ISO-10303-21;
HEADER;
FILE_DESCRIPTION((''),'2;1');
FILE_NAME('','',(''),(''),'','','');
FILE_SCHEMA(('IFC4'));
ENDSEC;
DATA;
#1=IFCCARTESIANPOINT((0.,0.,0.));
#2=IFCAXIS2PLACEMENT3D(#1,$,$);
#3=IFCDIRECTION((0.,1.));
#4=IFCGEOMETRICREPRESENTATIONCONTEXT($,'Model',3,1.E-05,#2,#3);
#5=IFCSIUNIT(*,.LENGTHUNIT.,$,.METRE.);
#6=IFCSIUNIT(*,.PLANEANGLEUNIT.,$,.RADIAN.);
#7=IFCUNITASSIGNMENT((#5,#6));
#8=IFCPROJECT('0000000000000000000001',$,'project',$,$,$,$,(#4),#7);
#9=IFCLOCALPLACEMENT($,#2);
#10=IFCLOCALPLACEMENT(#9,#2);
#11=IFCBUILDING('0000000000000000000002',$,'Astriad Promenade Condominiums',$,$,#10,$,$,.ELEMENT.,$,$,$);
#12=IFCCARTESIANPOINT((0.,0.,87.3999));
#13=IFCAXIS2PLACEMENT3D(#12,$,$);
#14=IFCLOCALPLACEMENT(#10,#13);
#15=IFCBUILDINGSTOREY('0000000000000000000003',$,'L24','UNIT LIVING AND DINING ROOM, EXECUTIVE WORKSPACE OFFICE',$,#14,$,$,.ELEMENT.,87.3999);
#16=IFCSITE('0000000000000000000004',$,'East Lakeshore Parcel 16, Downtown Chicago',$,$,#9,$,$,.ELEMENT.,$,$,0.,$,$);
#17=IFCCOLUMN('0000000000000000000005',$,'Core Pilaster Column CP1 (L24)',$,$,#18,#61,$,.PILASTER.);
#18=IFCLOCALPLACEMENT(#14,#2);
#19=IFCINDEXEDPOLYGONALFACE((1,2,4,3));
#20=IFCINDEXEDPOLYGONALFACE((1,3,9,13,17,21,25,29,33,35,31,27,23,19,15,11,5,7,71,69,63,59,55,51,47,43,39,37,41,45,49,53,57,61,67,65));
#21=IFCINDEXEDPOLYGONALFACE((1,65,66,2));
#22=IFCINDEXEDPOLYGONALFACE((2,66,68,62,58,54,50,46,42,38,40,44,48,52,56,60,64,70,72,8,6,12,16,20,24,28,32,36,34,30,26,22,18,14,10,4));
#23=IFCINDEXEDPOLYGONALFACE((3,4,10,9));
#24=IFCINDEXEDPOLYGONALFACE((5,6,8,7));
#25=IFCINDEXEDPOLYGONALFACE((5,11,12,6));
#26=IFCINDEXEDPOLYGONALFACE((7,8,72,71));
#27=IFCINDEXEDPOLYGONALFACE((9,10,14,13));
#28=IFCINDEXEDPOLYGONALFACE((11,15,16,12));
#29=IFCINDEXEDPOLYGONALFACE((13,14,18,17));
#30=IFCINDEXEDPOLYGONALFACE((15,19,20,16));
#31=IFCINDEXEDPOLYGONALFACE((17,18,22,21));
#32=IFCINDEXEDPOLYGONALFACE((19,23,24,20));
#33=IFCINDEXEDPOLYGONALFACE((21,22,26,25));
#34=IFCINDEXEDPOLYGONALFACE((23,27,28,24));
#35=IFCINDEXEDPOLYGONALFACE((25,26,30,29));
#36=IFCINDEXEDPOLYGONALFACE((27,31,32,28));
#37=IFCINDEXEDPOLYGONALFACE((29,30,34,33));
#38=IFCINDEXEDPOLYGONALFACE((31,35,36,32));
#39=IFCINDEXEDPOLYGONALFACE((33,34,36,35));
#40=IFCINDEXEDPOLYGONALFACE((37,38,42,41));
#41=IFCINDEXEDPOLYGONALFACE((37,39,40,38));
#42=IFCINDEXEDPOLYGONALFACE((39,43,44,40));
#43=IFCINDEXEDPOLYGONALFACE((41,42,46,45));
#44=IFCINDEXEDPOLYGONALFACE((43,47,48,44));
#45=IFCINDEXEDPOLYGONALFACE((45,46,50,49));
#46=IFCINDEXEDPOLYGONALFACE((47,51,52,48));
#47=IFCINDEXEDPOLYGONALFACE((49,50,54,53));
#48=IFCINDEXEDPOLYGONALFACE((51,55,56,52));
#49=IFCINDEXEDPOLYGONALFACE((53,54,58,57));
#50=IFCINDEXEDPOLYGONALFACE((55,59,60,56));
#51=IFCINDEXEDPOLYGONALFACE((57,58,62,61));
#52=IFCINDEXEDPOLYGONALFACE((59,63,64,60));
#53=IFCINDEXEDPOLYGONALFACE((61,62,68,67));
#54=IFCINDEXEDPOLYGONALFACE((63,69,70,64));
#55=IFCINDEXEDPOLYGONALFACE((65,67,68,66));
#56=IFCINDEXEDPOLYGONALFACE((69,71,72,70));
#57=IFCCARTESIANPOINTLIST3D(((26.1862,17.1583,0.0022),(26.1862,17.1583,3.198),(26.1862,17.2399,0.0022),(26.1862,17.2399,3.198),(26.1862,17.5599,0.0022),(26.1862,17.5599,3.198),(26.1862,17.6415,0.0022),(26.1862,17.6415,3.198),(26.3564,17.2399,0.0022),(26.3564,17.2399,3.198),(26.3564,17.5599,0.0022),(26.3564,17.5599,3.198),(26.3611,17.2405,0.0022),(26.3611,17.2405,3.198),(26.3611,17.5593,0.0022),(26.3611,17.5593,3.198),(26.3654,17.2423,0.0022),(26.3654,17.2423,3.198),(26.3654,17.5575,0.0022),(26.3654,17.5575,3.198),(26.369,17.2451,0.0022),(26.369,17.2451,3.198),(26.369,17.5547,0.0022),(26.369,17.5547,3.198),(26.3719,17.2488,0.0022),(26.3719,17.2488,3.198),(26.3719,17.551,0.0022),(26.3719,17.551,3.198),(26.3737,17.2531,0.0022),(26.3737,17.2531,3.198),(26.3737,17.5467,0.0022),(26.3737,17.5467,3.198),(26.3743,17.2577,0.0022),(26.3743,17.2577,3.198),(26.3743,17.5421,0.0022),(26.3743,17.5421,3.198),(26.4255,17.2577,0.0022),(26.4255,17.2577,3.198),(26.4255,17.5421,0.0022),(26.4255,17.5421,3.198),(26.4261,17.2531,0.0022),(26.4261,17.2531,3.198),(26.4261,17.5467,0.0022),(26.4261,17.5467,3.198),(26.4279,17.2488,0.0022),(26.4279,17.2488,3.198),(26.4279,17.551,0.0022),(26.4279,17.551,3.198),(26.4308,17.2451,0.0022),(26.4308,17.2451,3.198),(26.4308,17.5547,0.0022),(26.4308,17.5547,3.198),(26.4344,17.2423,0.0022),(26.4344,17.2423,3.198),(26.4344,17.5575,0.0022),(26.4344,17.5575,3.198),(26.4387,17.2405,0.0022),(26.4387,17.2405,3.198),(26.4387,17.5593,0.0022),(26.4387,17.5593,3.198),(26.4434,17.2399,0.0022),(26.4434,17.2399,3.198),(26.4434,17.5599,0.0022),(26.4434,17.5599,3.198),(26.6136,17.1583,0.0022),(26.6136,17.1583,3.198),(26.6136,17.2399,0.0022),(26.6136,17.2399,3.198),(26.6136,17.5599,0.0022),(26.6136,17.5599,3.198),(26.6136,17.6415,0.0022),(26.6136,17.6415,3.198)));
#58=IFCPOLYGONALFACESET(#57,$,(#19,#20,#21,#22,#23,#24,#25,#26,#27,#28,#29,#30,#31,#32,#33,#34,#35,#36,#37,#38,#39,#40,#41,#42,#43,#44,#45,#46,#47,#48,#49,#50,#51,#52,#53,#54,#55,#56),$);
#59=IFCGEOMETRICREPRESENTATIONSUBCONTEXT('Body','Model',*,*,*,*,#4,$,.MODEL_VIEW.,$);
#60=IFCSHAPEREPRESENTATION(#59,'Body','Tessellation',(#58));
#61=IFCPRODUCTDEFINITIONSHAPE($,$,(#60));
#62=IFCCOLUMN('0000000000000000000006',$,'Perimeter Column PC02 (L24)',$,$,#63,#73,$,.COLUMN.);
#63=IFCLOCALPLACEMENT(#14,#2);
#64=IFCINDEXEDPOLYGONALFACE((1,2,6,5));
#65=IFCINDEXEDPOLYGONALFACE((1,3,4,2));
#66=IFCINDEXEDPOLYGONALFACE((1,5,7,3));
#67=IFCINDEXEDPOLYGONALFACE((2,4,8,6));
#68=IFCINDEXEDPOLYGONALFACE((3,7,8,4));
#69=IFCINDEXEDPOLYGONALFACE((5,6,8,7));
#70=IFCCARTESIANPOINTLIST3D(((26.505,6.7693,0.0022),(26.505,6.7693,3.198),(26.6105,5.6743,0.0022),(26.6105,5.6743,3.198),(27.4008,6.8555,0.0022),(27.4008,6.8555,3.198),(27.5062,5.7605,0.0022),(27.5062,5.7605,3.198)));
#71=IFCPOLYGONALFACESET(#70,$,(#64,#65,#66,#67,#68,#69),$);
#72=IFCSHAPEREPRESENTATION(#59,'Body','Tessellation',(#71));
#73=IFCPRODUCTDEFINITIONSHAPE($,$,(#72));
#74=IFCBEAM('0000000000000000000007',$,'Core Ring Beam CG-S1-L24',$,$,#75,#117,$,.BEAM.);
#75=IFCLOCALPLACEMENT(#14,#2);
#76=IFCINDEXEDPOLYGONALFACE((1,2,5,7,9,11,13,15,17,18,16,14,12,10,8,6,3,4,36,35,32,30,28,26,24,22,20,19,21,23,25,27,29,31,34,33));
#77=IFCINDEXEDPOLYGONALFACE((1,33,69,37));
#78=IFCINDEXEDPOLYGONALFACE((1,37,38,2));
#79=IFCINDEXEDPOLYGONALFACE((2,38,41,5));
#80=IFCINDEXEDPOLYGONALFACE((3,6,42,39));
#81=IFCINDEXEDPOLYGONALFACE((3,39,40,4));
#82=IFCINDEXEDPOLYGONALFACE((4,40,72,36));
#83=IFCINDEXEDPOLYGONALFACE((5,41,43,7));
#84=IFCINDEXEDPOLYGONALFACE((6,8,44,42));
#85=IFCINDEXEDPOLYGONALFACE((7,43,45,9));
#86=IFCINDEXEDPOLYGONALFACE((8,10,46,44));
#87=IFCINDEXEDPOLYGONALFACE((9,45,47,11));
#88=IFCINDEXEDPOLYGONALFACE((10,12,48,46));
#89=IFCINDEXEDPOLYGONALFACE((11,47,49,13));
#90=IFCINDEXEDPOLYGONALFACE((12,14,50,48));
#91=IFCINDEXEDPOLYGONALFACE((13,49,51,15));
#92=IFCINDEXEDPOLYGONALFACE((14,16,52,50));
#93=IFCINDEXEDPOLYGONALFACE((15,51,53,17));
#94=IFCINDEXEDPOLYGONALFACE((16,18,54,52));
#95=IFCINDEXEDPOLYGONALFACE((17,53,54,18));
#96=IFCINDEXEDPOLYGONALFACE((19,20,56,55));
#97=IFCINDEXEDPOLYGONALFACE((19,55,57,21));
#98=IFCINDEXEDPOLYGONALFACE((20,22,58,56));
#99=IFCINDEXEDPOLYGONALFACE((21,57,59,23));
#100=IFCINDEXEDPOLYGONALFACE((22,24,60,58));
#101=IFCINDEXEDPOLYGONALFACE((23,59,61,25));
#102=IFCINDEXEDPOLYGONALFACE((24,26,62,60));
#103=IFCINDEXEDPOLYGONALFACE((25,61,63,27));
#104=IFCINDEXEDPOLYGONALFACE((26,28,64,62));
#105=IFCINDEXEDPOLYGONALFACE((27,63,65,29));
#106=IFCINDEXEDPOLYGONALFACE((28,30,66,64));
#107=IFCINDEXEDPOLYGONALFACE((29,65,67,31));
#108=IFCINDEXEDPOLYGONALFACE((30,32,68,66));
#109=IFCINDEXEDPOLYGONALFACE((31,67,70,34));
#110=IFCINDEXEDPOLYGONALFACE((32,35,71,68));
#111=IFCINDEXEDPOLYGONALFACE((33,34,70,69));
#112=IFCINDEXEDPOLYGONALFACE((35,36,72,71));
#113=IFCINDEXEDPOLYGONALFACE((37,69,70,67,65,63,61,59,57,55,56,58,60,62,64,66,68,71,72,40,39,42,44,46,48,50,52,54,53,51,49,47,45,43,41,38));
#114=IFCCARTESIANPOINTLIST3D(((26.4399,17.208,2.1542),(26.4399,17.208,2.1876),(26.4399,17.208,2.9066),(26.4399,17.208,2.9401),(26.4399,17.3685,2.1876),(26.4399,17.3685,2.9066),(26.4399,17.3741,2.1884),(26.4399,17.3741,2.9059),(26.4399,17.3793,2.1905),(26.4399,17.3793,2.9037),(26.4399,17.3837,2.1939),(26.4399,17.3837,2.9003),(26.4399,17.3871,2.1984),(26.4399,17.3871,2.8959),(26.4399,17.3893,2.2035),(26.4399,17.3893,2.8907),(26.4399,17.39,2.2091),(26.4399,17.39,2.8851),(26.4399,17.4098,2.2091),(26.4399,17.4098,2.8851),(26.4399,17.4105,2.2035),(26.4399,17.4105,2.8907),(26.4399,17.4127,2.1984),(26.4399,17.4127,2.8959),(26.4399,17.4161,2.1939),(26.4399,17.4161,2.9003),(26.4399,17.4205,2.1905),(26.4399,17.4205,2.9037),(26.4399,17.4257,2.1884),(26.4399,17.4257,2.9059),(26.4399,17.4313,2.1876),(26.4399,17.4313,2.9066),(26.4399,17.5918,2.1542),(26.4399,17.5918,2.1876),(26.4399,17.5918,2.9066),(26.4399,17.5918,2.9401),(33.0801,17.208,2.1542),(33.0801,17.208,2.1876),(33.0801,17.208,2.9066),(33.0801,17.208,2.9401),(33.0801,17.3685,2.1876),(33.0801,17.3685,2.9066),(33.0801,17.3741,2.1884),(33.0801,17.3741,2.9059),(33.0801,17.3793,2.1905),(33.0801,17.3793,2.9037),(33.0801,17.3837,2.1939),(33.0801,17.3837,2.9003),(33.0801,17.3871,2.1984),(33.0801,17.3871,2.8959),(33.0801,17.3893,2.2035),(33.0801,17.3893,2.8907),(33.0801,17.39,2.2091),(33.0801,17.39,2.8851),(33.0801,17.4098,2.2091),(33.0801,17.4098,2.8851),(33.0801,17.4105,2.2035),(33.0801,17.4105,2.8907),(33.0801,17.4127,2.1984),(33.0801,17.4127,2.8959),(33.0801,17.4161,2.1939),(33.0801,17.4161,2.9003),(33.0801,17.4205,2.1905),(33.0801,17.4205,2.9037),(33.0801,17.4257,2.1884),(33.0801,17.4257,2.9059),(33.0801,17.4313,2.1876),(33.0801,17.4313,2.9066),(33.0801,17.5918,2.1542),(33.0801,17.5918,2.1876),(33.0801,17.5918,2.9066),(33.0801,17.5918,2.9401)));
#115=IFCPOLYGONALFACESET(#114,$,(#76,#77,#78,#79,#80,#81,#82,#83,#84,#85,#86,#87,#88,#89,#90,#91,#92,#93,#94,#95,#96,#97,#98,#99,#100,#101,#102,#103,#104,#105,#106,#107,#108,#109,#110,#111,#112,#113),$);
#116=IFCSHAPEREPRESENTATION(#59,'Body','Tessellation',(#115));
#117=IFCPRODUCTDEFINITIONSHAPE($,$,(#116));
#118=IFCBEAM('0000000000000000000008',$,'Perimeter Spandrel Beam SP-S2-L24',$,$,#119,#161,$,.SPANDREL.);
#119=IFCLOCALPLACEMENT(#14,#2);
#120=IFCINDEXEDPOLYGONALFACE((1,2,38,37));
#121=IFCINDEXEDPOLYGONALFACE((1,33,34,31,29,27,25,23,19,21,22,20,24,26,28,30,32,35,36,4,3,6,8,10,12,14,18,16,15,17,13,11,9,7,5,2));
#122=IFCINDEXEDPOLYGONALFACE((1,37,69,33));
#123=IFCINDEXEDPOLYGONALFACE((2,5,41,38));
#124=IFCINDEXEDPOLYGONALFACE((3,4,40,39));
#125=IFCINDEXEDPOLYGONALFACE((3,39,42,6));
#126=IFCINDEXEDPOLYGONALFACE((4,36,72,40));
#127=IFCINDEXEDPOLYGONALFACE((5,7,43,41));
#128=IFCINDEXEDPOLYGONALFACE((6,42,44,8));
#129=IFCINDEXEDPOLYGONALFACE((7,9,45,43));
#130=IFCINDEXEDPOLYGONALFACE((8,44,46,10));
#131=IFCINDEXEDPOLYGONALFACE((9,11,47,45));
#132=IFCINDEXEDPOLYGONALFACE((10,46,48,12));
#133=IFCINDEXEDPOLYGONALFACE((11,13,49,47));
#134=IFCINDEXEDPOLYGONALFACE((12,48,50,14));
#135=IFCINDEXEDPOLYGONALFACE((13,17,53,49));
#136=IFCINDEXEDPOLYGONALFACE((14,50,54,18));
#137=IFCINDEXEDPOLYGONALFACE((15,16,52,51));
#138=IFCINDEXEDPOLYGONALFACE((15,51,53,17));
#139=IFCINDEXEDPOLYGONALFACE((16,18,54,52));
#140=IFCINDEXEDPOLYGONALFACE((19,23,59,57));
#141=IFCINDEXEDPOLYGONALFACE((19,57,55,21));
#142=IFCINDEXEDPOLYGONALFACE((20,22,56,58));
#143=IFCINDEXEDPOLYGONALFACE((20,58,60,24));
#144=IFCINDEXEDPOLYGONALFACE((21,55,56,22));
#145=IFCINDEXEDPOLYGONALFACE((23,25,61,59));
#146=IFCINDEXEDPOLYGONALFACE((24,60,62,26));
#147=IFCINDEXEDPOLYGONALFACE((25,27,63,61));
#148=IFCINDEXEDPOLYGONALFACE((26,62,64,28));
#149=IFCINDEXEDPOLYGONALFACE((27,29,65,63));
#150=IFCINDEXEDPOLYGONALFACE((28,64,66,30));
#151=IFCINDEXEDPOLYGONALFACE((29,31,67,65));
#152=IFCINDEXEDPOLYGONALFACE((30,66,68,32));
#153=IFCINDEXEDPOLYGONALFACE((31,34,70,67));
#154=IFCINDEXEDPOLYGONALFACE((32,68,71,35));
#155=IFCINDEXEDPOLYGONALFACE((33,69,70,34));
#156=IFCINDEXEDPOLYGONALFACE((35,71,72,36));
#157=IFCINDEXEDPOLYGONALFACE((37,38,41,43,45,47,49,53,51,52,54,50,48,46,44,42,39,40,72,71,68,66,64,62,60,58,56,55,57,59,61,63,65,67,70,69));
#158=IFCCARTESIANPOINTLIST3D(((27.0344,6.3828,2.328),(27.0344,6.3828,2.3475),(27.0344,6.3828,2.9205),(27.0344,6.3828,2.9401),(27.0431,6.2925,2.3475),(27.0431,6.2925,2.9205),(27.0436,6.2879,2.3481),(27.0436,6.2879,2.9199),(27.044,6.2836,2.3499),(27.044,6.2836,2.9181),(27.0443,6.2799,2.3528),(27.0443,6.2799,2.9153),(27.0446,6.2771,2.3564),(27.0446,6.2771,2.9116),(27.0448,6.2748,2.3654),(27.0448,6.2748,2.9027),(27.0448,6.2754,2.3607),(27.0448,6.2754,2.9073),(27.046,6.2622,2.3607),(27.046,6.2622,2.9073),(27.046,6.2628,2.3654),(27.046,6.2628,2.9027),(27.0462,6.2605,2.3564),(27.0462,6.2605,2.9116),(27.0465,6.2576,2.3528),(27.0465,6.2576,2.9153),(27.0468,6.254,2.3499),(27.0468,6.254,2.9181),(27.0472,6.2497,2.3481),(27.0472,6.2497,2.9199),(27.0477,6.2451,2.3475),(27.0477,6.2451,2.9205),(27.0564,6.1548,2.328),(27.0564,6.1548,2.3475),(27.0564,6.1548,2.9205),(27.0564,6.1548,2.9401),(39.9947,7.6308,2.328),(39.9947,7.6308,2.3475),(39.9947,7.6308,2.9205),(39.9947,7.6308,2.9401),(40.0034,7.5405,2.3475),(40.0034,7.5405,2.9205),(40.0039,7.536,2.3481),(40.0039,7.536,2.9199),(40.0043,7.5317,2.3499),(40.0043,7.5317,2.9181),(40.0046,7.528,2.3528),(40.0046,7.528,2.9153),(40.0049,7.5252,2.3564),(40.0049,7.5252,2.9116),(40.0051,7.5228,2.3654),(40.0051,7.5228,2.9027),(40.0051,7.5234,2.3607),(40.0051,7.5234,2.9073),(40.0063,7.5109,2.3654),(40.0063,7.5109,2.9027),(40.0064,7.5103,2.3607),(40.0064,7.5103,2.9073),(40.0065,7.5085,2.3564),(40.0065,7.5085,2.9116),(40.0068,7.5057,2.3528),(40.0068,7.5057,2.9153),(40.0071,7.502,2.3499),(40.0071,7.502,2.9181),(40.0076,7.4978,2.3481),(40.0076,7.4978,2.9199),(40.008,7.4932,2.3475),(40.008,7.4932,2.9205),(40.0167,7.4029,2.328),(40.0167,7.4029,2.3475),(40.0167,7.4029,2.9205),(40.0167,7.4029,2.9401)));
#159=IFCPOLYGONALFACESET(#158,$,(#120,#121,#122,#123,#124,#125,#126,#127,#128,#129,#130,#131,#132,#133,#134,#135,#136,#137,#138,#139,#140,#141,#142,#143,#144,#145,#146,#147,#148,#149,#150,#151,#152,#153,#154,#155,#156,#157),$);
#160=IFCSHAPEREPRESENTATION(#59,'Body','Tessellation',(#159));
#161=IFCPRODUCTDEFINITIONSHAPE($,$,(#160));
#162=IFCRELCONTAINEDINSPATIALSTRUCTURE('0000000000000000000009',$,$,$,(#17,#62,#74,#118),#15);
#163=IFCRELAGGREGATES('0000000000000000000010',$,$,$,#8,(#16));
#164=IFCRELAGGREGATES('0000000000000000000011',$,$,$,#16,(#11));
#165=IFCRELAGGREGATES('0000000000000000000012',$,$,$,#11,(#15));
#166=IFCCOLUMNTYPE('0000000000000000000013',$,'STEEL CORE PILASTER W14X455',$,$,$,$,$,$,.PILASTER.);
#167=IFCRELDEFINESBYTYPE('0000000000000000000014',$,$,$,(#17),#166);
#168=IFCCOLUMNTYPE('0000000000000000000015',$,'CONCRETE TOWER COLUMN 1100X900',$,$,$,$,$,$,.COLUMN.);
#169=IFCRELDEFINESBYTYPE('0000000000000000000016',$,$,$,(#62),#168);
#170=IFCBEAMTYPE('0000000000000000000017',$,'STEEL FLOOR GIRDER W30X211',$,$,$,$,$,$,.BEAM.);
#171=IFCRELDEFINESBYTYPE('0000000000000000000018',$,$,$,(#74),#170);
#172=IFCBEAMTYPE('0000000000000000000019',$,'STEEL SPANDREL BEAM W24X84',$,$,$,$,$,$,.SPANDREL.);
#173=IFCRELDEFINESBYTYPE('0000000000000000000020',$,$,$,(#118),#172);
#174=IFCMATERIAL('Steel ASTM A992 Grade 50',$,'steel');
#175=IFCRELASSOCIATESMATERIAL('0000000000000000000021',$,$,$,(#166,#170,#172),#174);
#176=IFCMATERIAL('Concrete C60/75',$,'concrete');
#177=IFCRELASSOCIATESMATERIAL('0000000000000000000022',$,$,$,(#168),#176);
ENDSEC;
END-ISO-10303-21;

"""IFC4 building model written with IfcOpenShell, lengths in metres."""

from ifc_helpers import new_model, si_unit, direction, frame, origin, origin_2d, place, context, subcontext, project, spatial, rectangle, i_section, extrude, source, transform, mapped, material, material_profile, profile_set, type_object, type_shapes, element, save


model = new_model("IFC4")

# Units and contexts
model_context = context("Model", 3, precision=1e-05, world=origin(), true_north=direction((0.0, 1.0)))
body_context = subcontext(model_context, "Body", "Model", "MODEL_VIEW")
ifc_project = project(units=[si_unit("LENGTHUNIT", "METRE"), si_unit("PLANEANGLEUNIT", "RADIAN")], contexts=[model_context])

# Site, building, storey
site_placement = place(None, origin())
site = spatial("IfcSite", under=ifc_project, at=site_placement, Name="East Lakeshore Parcel 16, Downtown Chicago", CompositionType="ELEMENT", RefElevation=0.0)
building_placement = place(site_placement, origin())
building = spatial("IfcBuilding", under=site, at=building_placement, Name="Astriad Promenade Condominiums", CompositionType="ELEMENT")
storey_placement = place(building_placement, frame((0.0, 0.0, 87.3999)))
storey = spatial("IfcBuildingStorey", under=building, at=storey_placement, Name="L24", Description="UNIT LIVING AND DINING ROOM, EXECUTIVE WORKSPACE OFFICE", CompositionType="ELEMENT", Elevation=87.3999)

# Columns
ifc_material_1 = material(Name="Steel ASTM A992 Grade 50", Category="steel")
ifc_material_profile_1 = material_profile(ifc_material_1, i_section(OverallWidth=0.4275, OverallDepth=0.4832, WebThickness=0.0513, FlangeThickness=0.0815, FilletRadius=0.0178, at=origin_2d()), Name="W14X455")
ifc_profile_set_1 = profile_set([ifc_material_profile_1], Name="Steel ASTM A992 Grade 50")
column_type_1 = type_object("IfcColumnType", Name="STEEL CORE PILASTER W14X455", PredefinedType="PILASTER", material=ifc_profile_set_1)
shared_shape_1 = source(origin(), body_context, "Body", "SweptSolid", [
    extrude(i_section(OverallWidth=0.4275, OverallDepth=0.4832, WebThickness=0.0513, FlangeThickness=0.0815, FilletRadius=0.0178, at=origin_2d()), origin(), (0.0, 0.0, 1.0), 3.1958),
])
type_shapes(column_type_1, [shared_shape_1])
column_1_placement = place(storey_placement, frame((26.3999, 17.3999, 0.0022), z_axis=(0.0, 0.0, 1.0), x_axis=(1.0, 0.0, 0.0)))
element("IfcColumn", 1, at=column_1_placement, inside=storey, type_object=column_type_1, Name="Core Pilaster Column CP1 (L24)", PredefinedType="PILASTER", context=body_context, shape_type="MappedRepresentation", body=[
    mapped(shared_shape_1, transform((0.0, 0.0, 0.0), scale=1.0)),
])
ifc_material_2 = material(Name="Concrete C60/75", Category="concrete")
ifc_material_profile_2 = material_profile(ifc_material_2, rectangle(XDim=0.8999, YDim=1.1001, at=origin_2d()), Name="RC-COL-1100X900")
ifc_profile_set_2 = profile_set([ifc_material_profile_2], Name="Concrete C60/75")
column_type_2 = type_object("IfcColumnType", Name="CONCRETE TOWER COLUMN 1100X900", PredefinedType="COLUMN", material=ifc_profile_set_2)
shared_shape_2 = source(origin(), body_context, "Body", "SweptSolid", [
    extrude(rectangle(XDim=0.8999, YDim=1.1001, at=origin_2d()), origin(), (0.0, 0.0, 1.0), 3.1958),
])
type_shapes(column_type_2, [shared_shape_2])
column_2_placement = place(storey_placement, frame((27.0056, 6.2649, 0.0022), z_axis=(0.0, 0.0, 1.0), x_axis=(0.995396, 0.095846, 0.0)))
element("IfcColumn", 2, at=column_2_placement, inside=storey, type_object=column_type_2, Name="Perimeter Column PC02 (L24)", PredefinedType="COLUMN", context=body_context, shape_type="MappedRepresentation", body=[
    mapped(shared_shape_2, transform((0.0, 0.0, 0.0), scale=1.0)),
])

# Beams
ifc_material_profile_3 = material_profile(ifc_material_1, i_section(OverallWidth=0.3838, OverallDepth=0.7859, WebThickness=0.0198, FlangeThickness=0.0334, FilletRadius=0.0215, at=origin_2d()), Name="W30X211")
ifc_profile_set_3 = profile_set([ifc_material_profile_3], Name="Steel ASTM A992 Grade 50")
beam_type_1 = type_object("IfcBeamType", Name="STEEL FLOOR GIRDER W30X211", PredefinedType="BEAM", material=ifc_profile_set_3)
shared_shape_3 = source(origin(), body_context, "Body", "SweptSolid", [
    extrude(i_section(OverallWidth=0.3838, OverallDepth=0.7859, WebThickness=0.0198, FlangeThickness=0.0334, FilletRadius=0.0215, at=origin_2d()), origin(), (0.0, 0.0, 1.0), 6.6401),
])
type_shapes(beam_type_1, [shared_shape_3])
beam_1_placement = place(storey_placement, frame((26.4399, 17.3999, 2.5471), z_axis=(1.0, 0.0, 0.0), x_axis=(0.0, 1.0, 0.0)))
element("IfcBeam", 3, at=beam_1_placement, inside=storey, type_object=beam_type_1, Name="Core Ring Beam CG-S1-L24", PredefinedType="BEAM", context=body_context, shape_type="MappedRepresentation", body=[
    mapped(shared_shape_3, transform((0.0, 0.0, 0.0), scale=1.0)),
])
ifc_material_profile_4 = material_profile(ifc_material_1, i_section(OverallWidth=0.229, OverallDepth=0.6121, WebThickness=0.012, FlangeThickness=0.0195, FilletRadius=0.0178, at=origin_2d()), Name="W24X84")
ifc_profile_set_4 = profile_set([ifc_material_profile_4], Name="Steel ASTM A992 Grade 50")
beam_type_2 = type_object("IfcBeamType", Name="STEEL SPANDREL BEAM W24X84", PredefinedType="SPANDREL", material=ifc_profile_set_4)
shared_shape_4 = source(origin(), body_context, "Body", "SweptSolid", [
    extrude(i_section(OverallWidth=0.229, OverallDepth=0.6121, WebThickness=0.012, FlangeThickness=0.0195, FilletRadius=0.0178, at=origin_2d()), origin(), (0.0, 0.0, 1.0), 13.0203),
])
type_shapes(beam_type_2, [shared_shape_4])
beam_2_placement = place(storey_placement, frame((27.0454, 6.2688, 2.634), z_axis=(0.995395, 0.095855, 0.0), x_axis=(-0.095855, 0.995395, 0.0)))
element("IfcBeam", 4, at=beam_2_placement, inside=storey, type_object=beam_type_2, Name="Perimeter Spandrel Beam SP-S2-L24", PredefinedType="SPANDREL", context=body_context, shape_type="MappedRepresentation", body=[
    mapped(shared_shape_4, transform((0.0, 0.0, 0.0), scale=1.0)),
])

save(model, "model.ifc")
